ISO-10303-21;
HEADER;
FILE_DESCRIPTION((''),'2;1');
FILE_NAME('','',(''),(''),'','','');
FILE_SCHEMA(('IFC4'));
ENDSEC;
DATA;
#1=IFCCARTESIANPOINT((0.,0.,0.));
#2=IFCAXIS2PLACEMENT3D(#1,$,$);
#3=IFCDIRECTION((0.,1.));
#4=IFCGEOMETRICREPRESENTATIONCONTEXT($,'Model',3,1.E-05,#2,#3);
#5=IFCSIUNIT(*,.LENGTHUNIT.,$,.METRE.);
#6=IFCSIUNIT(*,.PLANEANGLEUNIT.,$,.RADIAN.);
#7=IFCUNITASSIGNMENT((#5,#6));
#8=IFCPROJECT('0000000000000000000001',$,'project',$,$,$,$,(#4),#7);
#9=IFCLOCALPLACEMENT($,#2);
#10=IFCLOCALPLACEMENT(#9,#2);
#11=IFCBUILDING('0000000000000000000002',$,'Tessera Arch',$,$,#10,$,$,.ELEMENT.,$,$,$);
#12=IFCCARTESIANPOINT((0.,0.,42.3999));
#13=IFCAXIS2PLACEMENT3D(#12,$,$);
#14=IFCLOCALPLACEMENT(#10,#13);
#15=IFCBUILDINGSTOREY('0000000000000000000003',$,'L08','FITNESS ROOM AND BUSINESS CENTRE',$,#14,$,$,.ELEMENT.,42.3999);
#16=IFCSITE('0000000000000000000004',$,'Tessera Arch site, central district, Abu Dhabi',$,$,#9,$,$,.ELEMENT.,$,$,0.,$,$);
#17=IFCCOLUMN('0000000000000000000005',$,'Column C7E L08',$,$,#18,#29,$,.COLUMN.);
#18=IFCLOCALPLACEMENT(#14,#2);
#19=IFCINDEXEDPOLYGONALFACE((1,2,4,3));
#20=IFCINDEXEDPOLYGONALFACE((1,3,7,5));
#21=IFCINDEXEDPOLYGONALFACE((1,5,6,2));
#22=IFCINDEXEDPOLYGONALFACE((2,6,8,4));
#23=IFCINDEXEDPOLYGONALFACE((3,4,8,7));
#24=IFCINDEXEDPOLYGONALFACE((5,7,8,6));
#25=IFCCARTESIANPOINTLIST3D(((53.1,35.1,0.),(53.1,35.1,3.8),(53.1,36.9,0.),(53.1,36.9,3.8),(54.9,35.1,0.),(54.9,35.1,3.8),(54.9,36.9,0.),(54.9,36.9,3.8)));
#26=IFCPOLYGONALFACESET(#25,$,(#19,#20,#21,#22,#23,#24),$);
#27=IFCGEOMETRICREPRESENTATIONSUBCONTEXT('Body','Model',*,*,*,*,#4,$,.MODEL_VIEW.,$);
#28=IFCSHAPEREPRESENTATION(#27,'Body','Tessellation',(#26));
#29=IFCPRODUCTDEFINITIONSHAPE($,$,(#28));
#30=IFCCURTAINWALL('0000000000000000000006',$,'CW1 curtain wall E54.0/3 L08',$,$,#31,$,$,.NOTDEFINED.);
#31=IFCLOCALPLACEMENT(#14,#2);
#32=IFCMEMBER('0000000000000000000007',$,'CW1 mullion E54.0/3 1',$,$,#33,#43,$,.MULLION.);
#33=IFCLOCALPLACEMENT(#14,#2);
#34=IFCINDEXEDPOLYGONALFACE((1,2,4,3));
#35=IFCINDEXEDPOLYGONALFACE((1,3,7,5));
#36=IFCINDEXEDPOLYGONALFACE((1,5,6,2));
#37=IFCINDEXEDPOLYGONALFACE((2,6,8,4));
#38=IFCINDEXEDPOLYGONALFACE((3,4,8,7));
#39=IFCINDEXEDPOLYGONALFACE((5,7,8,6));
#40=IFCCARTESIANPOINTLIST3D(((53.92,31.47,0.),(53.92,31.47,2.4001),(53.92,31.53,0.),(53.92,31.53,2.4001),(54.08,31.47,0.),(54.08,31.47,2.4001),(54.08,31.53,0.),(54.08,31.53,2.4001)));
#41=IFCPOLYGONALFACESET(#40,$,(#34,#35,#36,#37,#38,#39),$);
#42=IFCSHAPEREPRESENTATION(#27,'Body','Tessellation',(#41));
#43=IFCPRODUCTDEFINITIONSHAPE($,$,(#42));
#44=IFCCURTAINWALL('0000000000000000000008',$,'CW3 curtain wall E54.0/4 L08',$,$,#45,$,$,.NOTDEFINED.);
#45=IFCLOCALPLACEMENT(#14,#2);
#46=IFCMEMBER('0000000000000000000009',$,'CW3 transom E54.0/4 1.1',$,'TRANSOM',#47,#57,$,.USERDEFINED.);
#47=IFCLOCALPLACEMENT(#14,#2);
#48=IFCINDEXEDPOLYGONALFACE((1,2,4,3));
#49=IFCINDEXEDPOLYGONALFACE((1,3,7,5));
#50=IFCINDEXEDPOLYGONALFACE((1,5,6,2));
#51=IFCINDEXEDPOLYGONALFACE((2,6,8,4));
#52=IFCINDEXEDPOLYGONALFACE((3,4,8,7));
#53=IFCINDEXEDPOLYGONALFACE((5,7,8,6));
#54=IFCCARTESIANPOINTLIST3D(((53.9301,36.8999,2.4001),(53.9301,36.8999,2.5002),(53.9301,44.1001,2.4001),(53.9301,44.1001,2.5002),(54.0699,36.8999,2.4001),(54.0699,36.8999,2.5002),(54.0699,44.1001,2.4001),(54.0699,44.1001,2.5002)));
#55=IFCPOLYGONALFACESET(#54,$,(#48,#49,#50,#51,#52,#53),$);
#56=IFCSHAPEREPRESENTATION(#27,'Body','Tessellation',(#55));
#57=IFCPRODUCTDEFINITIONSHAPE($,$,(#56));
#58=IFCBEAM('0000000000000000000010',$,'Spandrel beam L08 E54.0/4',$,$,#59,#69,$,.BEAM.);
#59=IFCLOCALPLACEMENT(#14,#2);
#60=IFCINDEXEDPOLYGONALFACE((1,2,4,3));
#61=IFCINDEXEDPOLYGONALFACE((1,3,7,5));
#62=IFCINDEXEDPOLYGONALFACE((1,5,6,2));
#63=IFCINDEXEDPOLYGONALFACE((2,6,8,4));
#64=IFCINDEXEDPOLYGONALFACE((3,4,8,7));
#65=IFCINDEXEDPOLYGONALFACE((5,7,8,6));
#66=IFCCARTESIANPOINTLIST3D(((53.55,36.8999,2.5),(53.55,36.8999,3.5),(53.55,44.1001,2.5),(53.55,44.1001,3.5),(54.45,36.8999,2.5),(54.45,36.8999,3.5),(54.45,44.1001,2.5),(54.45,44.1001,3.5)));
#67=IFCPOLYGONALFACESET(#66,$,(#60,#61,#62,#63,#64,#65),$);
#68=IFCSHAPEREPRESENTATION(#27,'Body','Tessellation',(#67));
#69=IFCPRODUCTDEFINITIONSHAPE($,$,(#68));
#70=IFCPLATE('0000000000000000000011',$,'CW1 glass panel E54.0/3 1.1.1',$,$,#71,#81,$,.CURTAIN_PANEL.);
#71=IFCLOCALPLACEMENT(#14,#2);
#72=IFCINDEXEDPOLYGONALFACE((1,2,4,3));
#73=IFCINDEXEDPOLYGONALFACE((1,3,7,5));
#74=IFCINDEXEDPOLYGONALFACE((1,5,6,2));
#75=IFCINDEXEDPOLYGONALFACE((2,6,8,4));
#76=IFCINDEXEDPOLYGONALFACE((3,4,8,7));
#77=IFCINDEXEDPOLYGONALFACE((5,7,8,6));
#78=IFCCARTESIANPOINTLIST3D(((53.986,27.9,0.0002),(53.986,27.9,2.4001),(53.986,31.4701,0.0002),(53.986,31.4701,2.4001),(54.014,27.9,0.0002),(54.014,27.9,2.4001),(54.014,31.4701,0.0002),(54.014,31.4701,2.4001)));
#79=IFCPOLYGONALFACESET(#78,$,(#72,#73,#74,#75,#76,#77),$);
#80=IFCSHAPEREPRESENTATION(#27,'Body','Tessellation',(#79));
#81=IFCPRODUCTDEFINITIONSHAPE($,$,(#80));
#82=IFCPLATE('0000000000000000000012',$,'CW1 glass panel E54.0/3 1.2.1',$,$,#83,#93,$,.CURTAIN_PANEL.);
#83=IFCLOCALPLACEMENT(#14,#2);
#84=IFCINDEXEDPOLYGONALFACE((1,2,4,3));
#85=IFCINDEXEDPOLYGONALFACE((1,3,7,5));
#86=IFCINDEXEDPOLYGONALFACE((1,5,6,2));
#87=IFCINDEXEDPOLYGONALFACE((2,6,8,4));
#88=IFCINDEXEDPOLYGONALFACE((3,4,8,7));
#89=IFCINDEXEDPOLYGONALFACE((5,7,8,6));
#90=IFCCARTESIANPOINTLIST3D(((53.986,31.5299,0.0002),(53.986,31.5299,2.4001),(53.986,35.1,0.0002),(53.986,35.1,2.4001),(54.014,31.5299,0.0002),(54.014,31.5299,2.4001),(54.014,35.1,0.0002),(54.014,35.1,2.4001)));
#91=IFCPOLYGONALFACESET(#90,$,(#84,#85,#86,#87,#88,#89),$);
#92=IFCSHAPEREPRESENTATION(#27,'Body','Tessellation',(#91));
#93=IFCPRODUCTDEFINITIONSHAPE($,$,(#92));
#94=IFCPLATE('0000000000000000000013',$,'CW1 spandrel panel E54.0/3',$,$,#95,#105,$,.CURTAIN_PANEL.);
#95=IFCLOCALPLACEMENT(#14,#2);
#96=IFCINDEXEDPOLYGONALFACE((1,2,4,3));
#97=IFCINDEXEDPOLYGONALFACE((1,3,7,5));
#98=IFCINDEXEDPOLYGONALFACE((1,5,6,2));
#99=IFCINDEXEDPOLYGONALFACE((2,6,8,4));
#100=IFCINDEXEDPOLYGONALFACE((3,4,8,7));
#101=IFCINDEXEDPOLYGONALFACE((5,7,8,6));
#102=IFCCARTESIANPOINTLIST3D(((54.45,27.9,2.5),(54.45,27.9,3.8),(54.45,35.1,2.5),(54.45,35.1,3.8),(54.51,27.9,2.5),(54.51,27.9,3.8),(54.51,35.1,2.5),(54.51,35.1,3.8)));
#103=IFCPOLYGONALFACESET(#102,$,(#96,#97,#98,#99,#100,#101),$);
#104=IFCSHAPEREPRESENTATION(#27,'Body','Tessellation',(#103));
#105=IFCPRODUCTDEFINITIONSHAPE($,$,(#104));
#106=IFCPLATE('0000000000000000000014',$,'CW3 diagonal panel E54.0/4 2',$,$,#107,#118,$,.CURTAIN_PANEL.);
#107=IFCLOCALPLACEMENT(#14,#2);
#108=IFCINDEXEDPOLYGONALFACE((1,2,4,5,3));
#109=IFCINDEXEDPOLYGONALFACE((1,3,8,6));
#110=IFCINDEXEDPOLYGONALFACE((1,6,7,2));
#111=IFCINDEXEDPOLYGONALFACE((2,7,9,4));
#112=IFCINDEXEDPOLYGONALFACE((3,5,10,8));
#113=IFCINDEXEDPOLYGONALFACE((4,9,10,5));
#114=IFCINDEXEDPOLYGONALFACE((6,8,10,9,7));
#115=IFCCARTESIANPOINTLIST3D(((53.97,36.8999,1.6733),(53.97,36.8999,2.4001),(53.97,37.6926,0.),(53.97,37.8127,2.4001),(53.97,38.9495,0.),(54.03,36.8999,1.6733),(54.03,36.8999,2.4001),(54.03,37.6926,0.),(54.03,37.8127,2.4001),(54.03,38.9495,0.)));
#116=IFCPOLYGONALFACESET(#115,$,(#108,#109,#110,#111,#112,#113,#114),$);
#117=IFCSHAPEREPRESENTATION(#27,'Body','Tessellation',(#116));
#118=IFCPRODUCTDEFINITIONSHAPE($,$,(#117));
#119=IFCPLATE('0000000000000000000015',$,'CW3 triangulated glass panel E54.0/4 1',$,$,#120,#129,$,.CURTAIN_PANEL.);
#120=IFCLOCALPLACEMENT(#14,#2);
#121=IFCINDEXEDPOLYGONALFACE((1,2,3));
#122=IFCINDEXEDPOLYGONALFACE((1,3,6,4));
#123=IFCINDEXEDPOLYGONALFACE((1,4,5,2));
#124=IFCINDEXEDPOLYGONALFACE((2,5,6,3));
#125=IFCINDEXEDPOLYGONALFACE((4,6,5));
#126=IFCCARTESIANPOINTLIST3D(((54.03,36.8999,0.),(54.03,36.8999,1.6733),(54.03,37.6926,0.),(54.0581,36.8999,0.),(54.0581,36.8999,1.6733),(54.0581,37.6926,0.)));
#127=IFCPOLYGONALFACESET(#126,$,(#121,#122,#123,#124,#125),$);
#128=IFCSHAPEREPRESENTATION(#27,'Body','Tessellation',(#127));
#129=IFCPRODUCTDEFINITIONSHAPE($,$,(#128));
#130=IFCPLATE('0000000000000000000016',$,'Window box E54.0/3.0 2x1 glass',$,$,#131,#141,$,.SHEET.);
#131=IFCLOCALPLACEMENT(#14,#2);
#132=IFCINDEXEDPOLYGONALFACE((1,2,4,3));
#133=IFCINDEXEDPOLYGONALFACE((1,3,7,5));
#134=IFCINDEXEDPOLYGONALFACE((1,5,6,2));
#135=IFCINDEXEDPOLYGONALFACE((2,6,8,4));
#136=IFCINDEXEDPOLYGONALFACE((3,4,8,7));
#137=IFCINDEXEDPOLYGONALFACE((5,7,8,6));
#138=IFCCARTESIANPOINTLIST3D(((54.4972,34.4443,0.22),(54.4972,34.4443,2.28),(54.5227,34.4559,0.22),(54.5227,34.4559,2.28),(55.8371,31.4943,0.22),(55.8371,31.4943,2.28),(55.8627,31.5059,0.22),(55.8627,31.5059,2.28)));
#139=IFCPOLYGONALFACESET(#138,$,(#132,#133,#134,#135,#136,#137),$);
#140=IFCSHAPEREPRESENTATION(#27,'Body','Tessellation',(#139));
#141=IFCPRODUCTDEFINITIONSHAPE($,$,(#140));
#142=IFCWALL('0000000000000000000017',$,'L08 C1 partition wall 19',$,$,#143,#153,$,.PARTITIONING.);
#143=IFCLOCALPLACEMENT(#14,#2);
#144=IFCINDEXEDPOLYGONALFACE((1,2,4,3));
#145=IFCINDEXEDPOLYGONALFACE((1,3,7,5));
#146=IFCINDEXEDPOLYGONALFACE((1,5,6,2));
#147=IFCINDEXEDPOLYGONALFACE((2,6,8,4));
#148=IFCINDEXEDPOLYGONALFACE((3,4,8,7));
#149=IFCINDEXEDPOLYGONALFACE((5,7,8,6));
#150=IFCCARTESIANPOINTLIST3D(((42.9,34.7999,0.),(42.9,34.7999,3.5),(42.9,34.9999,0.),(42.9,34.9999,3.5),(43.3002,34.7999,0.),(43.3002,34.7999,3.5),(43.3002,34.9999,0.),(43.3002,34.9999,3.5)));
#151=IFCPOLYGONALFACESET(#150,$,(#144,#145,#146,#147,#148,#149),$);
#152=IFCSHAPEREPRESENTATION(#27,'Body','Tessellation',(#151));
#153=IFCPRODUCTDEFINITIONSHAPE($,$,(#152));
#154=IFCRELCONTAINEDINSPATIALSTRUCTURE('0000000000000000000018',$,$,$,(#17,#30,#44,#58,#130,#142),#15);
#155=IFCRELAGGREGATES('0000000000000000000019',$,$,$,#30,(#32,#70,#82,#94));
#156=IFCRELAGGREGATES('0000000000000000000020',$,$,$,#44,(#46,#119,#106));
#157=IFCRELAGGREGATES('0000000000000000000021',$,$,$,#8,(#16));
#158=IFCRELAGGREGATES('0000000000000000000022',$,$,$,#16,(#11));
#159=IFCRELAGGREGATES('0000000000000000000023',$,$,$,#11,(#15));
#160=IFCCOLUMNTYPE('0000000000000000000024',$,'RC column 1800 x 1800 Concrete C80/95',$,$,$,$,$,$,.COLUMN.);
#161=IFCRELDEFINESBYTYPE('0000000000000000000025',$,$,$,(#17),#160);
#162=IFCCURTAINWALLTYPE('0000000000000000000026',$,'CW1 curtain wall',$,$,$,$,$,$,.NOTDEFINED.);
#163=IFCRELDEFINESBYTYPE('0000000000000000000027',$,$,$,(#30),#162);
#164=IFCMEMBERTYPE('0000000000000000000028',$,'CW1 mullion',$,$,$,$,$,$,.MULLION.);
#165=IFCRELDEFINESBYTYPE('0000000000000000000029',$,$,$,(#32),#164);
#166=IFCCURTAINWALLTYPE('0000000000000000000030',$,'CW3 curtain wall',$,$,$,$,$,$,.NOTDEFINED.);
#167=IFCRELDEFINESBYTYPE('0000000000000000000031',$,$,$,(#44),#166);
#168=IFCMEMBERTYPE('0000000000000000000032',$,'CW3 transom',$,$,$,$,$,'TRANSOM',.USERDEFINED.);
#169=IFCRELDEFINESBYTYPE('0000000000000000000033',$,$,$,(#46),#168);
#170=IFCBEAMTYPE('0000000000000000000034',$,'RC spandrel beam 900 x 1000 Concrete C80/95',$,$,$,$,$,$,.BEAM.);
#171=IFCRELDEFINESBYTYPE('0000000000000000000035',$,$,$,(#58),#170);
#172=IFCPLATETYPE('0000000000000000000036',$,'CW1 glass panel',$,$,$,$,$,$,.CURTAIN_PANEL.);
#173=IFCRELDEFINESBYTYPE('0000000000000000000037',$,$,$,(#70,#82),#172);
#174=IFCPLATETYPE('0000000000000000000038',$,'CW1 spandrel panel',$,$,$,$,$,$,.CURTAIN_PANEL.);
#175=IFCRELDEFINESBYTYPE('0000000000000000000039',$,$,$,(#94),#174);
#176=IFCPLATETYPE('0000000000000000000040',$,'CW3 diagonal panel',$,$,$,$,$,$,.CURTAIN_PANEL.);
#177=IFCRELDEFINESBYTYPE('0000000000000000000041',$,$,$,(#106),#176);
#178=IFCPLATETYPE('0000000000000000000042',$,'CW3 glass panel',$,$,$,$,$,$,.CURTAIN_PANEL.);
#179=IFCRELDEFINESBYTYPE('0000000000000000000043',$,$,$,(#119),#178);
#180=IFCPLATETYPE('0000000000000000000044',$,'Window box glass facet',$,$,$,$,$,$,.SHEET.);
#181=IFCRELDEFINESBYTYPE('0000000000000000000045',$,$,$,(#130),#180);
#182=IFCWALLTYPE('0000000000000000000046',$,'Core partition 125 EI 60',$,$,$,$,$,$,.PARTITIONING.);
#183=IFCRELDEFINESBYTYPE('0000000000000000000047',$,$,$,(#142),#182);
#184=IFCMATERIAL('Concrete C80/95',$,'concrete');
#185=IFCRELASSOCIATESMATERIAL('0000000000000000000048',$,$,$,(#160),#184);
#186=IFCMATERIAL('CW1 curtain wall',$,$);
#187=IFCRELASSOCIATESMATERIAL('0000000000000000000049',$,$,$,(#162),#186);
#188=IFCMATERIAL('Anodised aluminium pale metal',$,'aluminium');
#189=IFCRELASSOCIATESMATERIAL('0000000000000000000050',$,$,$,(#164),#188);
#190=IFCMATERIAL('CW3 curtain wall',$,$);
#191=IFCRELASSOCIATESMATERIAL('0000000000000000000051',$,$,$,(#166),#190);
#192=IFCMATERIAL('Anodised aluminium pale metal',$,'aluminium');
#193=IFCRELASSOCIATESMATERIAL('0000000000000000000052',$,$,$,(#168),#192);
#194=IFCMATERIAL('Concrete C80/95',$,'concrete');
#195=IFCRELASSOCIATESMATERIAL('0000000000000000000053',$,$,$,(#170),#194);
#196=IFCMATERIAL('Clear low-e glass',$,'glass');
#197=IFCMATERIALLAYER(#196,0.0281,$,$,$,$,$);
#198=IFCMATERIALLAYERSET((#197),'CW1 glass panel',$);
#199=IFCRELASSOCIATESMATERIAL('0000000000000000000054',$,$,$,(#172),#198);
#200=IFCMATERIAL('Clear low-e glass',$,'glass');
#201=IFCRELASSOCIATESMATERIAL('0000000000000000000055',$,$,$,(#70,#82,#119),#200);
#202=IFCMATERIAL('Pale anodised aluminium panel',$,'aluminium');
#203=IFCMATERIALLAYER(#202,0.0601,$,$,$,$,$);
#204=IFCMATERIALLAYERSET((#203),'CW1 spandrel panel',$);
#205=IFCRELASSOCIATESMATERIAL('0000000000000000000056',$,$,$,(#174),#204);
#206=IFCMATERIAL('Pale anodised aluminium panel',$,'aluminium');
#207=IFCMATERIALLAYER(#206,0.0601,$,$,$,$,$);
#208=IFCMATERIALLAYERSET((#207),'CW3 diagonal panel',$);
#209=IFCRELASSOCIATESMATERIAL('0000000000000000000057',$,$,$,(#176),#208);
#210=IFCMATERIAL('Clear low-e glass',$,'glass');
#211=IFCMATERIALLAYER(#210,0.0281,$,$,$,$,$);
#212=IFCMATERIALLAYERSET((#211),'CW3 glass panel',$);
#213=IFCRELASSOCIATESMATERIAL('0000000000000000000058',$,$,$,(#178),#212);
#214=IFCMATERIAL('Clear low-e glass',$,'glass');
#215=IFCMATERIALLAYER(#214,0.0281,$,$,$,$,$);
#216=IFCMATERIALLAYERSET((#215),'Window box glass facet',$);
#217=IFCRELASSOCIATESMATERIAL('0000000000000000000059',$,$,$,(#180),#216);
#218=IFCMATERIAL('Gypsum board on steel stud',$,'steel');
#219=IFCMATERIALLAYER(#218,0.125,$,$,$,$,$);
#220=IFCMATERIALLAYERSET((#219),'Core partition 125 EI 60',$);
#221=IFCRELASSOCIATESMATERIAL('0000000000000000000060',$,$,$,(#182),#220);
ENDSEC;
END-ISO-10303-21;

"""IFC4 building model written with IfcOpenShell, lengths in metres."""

from ifc_helpers import new_model, si_unit, direction, frame, frame_2d, origin, origin_2d, place, context, subcontext, project, spatial, polyline, rectangle, outline, extrude, material, layer, layer_set, material_profile, profile_set, type_object, element, aggregate, save


model = new_model("IFC4")

# Units and contexts
model_context = context("Model", 3, precision=1e-05, world=origin(), true_north=direction((0.0, 1.0)))
body_context = subcontext(model_context, "Body", "Model", "MODEL_VIEW")
ifc_project = project(units=[si_unit("LENGTHUNIT", "METRE"), si_unit("PLANEANGLEUNIT", "RADIAN")], contexts=[model_context])

# Site, building, storey
site_placement = place(None, origin())
site = spatial("IfcSite", under=ifc_project, at=site_placement, Name="Tessera Arch site, central district, Abu Dhabi", CompositionType="ELEMENT", RefElevation=0.0)
building_placement = place(site_placement, origin())
building = spatial("IfcBuilding", under=site, at=building_placement, Name="Tessera Arch", CompositionType="ELEMENT")
storey_placement = place(building_placement, frame((0.0, 0.0, 42.3999)))
storey = spatial("IfcBuildingStorey", under=building, at=storey_placement, Name="L08", Description="FITNESS ROOM AND BUSINESS CENTRE", CompositionType="ELEMENT", Elevation=42.3999)

# Column
ifc_material_1 = material(Name="Concrete C80/95", Category="concrete")
ifc_material_profile_1 = material_profile(ifc_material_1, rectangle(XDim=1.8, YDim=1.8, at=origin_2d()), Name="RC column 1800 x 1800 Concrete C80/95")
ifc_profile_set_1 = profile_set([ifc_material_profile_1], Name="Concrete C80/95")
column_type = type_object("IfcColumnType", Name="RC column 1800 x 1800 Concrete C80/95", PredefinedType="COLUMN", material=ifc_profile_set_1)
column_placement = place(storey_placement, frame((54.0, 36.0, 0.0), z_axis=(0.0, 0.0, 1.0), x_axis=(1.0, 0.0, 0.0)))
element("IfcColumn", 1, at=column_placement, inside=storey, type_object=column_type, Name="Column C7E L08", PredefinedType="COLUMN", context=body_context, shape_type="SweptSolid", body=[
    extrude(rectangle(XDim=1.8, YDim=1.8, at=origin_2d()), origin(), (0.0, 0.0, 1.0), 3.8),
])

# Curtain walls, members
ifc_material_2 = material(Name="CW1 curtain wall")
curtain_wall_type_1 = type_object("IfcCurtainWallType", Name="CW1 curtain wall", PredefinedType="NOTDEFINED", material=ifc_material_2)
curtain_wall_1_placement = place(storey_placement, origin())
curtain_wall_1 = element("IfcCurtainWall", 2, at=curtain_wall_1_placement, inside=storey, type_object=curtain_wall_type_1, Name="CW1 curtain wall E54.0/3 L08", PredefinedType="NOTDEFINED")
ifc_material_3 = material(Name="Anodised aluminium pale metal", Category="aluminium")
ifc_material_profile_2 = material_profile(ifc_material_3, rectangle(XDim=0.1599, YDim=0.0601, at=origin_2d()), Name="AL 60x160")
ifc_profile_set_2 = profile_set([ifc_material_profile_2], Name="Anodised aluminium pale metal")
member_type_1 = type_object("IfcMemberType", Name="CW1 mullion", PredefinedType="MULLION", material=ifc_profile_set_2)
member_1_placement = place(storey_placement, frame((54.0, 31.5, 0.0), z_axis=(0.0, 0.0, 1.0), x_axis=(-1.0, 0.0, 0.0)))
member_1 = element("IfcMember", 3, at=member_1_placement, type_object=member_type_1, Name="CW1 mullion E54.0/3 1", PredefinedType="MULLION", context=body_context, shape_type="SweptSolid", body=[
    extrude(rectangle(XDim=0.1599, YDim=0.0601, at=origin_2d()), origin(), (0.0, 0.0, 1.0), 2.4001),
])
ifc_material_4 = material(Name="CW3 curtain wall")
curtain_wall_type_2 = type_object("IfcCurtainWallType", Name="CW3 curtain wall", PredefinedType="NOTDEFINED", material=ifc_material_4)
curtain_wall_2_placement = place(storey_placement, origin())
curtain_wall_2 = element("IfcCurtainWall", 4, at=curtain_wall_2_placement, inside=storey, type_object=curtain_wall_type_2, Name="CW3 curtain wall E54.0/4 L08", PredefinedType="NOTDEFINED")
ifc_material_5 = material(Name="Anodised aluminium pale metal", Category="aluminium")
ifc_material_profile_3 = material_profile(ifc_material_5, rectangle(XDim=0.1399, YDim=0.1001, at=origin_2d()), Name="AL 140x100")
ifc_profile_set_3 = profile_set([ifc_material_profile_3], Name="Anodised aluminium pale metal")
member_type_2 = type_object("IfcMemberType", Name="CW3 transom", ElementType="TRANSOM", PredefinedType="USERDEFINED", material=ifc_profile_set_3)
member_2_placement = place(storey_placement, frame((54.0, 36.8999, 2.4502), z_axis=(0.0, 1.0, 0.0), x_axis=(-1.0, 0.0, 0.0)))
member_2 = element("IfcMember", 5, at=member_2_placement, type_object=member_type_2, Name="CW3 transom E54.0/4 1.1", ObjectType="TRANSOM", PredefinedType="USERDEFINED", context=body_context, shape_type="SweptSolid", body=[
    extrude(rectangle(XDim=0.1399, YDim=0.1001, at=origin_2d()), origin(), (0.0, 0.0, 1.0), 7.2002),
])

# Beam
ifc_material_6 = material(Name="Concrete C80/95", Category="concrete")
ifc_material_profile_4 = material_profile(ifc_material_6, rectangle(XDim=0.8999, YDim=1.0, at=origin_2d()), Name="RC spandrel beam 900 x 1000 Concrete C80/95")
ifc_profile_set_4 = profile_set([ifc_material_profile_4], Name="Concrete C80/95")
beam_type = type_object("IfcBeamType", Name="RC spandrel beam 900 x 1000 Concrete C80/95", PredefinedType="BEAM", material=ifc_profile_set_4)
beam_placement = place(storey_placement, frame((54.0, 36.8999, 3.0), z_axis=(0.0, 1.0, 0.0), x_axis=(-1.0, 0.0, 0.0)))
element("IfcBeam", 6, at=beam_placement, inside=storey, type_object=beam_type, Name="Spandrel beam L08 E54.0/4", PredefinedType="BEAM", context=body_context, shape_type="SweptSolid", body=[
    extrude(rectangle(XDim=0.8999, YDim=1.0, at=origin_2d()), origin(), (0.0, 0.0, 1.0), 7.2002),
])

# Plates
ifc_material_7 = material(Name="Clear low-e glass", Category="glass")
ifc_material_8 = material(Name="Clear low-e glass", Category="glass")
ifc_layer_1 = layer(ifc_material_8, 0.0281)
ifc_layer_set_1 = layer_set([ifc_layer_1], Name="CW1 glass panel")
plate_type_1 = type_object("IfcPlateType", Name="CW1 glass panel", PredefinedType="CURTAIN_PANEL", material=ifc_layer_set_1)
plate_1_placement = place(storey_placement, frame((54.0, 29.6851, 0.0002), z_axis=(0.0, 0.0, 1.0), x_axis=(0.0, 1.0, 0.0)))
plate_1 = element("IfcPlate", 7, at=plate_1_placement, type_object=plate_type_1, material=ifc_material_7, Name="CW1 glass panel E54.0/3 1.1.1", PredefinedType="CURTAIN_PANEL", context=body_context, shape_type="SweptSolid", body=[
    extrude(rectangle(XDim=3.5701, YDim=0.0281, at=origin_2d()), origin(), (0.0, 0.0, 1.0), 2.3999),
])
plate_2_placement = place(storey_placement, frame((54.0, 33.3149, 0.0002), z_axis=(0.0, 0.0, 1.0), x_axis=(0.0, 1.0, 0.0)))
plate_2 = element("IfcPlate", 8, at=plate_2_placement, type_object=plate_type_1, material=ifc_material_7, Name="CW1 glass panel E54.0/3 1.2.1", PredefinedType="CURTAIN_PANEL", context=body_context, shape_type="SweptSolid", body=[
    extrude(rectangle(XDim=3.5701, YDim=0.0281, at=origin_2d()), origin(), (0.0, 0.0, 1.0), 2.3999),
])
ifc_material_9 = material(Name="Pale anodised aluminium panel", Category="aluminium")
ifc_layer_2 = layer(ifc_material_9, 0.0601)
ifc_layer_set_2 = layer_set([ifc_layer_2], Name="CW1 spandrel panel")
plate_type_2 = type_object("IfcPlateType", Name="CW1 spandrel panel", PredefinedType="CURTAIN_PANEL", material=ifc_layer_set_2)
plate_3_placement = place(storey_placement, frame((54.48, 31.5, 2.5), z_axis=(0.0, 0.0, 1.0), x_axis=(0.0, 1.0, 0.0)))
plate_3 = element("IfcPlate", 9, at=plate_3_placement, type_object=plate_type_2, Name="CW1 spandrel panel E54.0/3", PredefinedType="CURTAIN_PANEL", context=body_context, shape_type="SweptSolid", body=[
    extrude(rectangle(XDim=7.2, YDim=0.0601, at=origin_2d()), origin(), (0.0, 0.0, 1.0), 1.3),
])
aggregate(curtain_wall_1, [member_1, plate_1, plate_2, plate_3])
ifc_material_10 = material(Name="Pale anodised aluminium panel", Category="aluminium")
ifc_layer_3 = layer(ifc_material_10, 0.0601)
ifc_layer_set_3 = layer_set([ifc_layer_3], Name="CW3 diagonal panel")
plate_type_3 = type_object("IfcPlateType", Name="CW3 diagonal panel", PredefinedType="CURTAIN_PANEL", material=ifc_layer_set_3)
plate_4_placement = place(storey_placement, frame((54.03, 36.8999, 2.4001), z_axis=(1.0, 0.0, 0.0), x_axis=(0.0, 0.0, -1.0)))
plate_4 = element("IfcPlate", 10, at=plate_4_placement, type_object=plate_type_3, Name="CW3 diagonal panel E54.0/4 2", PredefinedType="CURTAIN_PANEL", context=body_context, shape_type="SweptSolid", body=[
    extrude(outline(polyline([(0.0, 0.0), (0.7268, 0.0), (2.4001, 0.7927), (2.4001, 2.0496), (0.0, 0.9128), (0.0, 0.0)])), origin(), (0.0, 0.0, -1.0), 0.0601),
])
ifc_material_11 = material(Name="Clear low-e glass", Category="glass")
ifc_layer_4 = layer(ifc_material_11, 0.0281)
ifc_layer_set_4 = layer_set([ifc_layer_4], Name="CW3 glass panel")
plate_type_4 = type_object("IfcPlateType", Name="CW3 glass panel", PredefinedType="CURTAIN_PANEL", material=ifc_layer_set_4)
plate_5_placement = place(storey_placement, frame((54.0581, 36.8999, 0.0), z_axis=(1.0, 0.0, 0.0), x_axis=(0.0, 1.0, 0.0)))
plate_5 = element("IfcPlate", 11, at=plate_5_placement, type_object=plate_type_4, material=ifc_material_7, Name="CW3 triangulated glass panel E54.0/4 1", PredefinedType="CURTAIN_PANEL", context=body_context, shape_type="SweptSolid", body=[
    extrude(outline(polyline([(0.0, 0.0), (0.7927, 0.0), (0.0, 1.6733), (0.0, 0.0)])), origin(), (0.0, 0.0, -1.0), 0.0281),
])
aggregate(curtain_wall_2, [member_2, plate_5, plate_4])
ifc_material_12 = material(Name="Clear low-e glass", Category="glass")
ifc_layer_5 = layer(ifc_material_12, 0.0281)
ifc_layer_set_5 = layer_set([ifc_layer_5], Name="Window box glass facet")
plate_type_5 = type_object("IfcPlateType", Name="Window box glass facet", PredefinedType="SHEET", material=ifc_layer_set_5)
plate_6_placement = place(storey_placement, frame((55.1799, 32.9751, 0.22), z_axis=(0.0, 0.0, 1.0), x_axis=(0.41357, -0.910472, 0.0)))
element("IfcPlate", 12, at=plate_6_placement, inside=storey, type_object=plate_type_5, Name="Window box E54.0/3.0 2x1 glass", PredefinedType="SHEET", context=body_context, shape_type="SweptSolid", body=[
    extrude(rectangle(XDim=3.24, YDim=0.0281, at=origin_2d()), origin(), (0.0, 0.0, 1.0), 2.0601),
])

# Wall
ifc_material_13 = material(Name="Gypsum board on steel stud", Category="steel")
ifc_layer_6 = layer(ifc_material_13, 0.125)
ifc_layer_set_6 = layer_set([ifc_layer_6], Name="Core partition 125 EI 60")
wall_type_1 = type_object("IfcWallType", Name="Core partition 125 EI 60", PredefinedType="PARTITIONING", material=ifc_layer_set_6)
wall_1_placement = place(storey_placement, frame((42.8999, 34.8999, 0.0), z_axis=(0.0, 0.0, 1.0), x_axis=(1.0, 0.0, 0.0)))
element("IfcWall", 13, at=wall_1_placement, inside=storey, type_object=wall_type_1, Name="L08 C1 partition wall 19", PredefinedType="PARTITIONING", context=body_context, shape_type="SweptSolid", body=[
    extrude(rectangle(XDim=0.4001, YDim=0.2, at=frame_2d((0.2002, 0.0))), origin(), (0.0, 0.0, 1.0), 3.5),
])

save(model, "model.ifc")
